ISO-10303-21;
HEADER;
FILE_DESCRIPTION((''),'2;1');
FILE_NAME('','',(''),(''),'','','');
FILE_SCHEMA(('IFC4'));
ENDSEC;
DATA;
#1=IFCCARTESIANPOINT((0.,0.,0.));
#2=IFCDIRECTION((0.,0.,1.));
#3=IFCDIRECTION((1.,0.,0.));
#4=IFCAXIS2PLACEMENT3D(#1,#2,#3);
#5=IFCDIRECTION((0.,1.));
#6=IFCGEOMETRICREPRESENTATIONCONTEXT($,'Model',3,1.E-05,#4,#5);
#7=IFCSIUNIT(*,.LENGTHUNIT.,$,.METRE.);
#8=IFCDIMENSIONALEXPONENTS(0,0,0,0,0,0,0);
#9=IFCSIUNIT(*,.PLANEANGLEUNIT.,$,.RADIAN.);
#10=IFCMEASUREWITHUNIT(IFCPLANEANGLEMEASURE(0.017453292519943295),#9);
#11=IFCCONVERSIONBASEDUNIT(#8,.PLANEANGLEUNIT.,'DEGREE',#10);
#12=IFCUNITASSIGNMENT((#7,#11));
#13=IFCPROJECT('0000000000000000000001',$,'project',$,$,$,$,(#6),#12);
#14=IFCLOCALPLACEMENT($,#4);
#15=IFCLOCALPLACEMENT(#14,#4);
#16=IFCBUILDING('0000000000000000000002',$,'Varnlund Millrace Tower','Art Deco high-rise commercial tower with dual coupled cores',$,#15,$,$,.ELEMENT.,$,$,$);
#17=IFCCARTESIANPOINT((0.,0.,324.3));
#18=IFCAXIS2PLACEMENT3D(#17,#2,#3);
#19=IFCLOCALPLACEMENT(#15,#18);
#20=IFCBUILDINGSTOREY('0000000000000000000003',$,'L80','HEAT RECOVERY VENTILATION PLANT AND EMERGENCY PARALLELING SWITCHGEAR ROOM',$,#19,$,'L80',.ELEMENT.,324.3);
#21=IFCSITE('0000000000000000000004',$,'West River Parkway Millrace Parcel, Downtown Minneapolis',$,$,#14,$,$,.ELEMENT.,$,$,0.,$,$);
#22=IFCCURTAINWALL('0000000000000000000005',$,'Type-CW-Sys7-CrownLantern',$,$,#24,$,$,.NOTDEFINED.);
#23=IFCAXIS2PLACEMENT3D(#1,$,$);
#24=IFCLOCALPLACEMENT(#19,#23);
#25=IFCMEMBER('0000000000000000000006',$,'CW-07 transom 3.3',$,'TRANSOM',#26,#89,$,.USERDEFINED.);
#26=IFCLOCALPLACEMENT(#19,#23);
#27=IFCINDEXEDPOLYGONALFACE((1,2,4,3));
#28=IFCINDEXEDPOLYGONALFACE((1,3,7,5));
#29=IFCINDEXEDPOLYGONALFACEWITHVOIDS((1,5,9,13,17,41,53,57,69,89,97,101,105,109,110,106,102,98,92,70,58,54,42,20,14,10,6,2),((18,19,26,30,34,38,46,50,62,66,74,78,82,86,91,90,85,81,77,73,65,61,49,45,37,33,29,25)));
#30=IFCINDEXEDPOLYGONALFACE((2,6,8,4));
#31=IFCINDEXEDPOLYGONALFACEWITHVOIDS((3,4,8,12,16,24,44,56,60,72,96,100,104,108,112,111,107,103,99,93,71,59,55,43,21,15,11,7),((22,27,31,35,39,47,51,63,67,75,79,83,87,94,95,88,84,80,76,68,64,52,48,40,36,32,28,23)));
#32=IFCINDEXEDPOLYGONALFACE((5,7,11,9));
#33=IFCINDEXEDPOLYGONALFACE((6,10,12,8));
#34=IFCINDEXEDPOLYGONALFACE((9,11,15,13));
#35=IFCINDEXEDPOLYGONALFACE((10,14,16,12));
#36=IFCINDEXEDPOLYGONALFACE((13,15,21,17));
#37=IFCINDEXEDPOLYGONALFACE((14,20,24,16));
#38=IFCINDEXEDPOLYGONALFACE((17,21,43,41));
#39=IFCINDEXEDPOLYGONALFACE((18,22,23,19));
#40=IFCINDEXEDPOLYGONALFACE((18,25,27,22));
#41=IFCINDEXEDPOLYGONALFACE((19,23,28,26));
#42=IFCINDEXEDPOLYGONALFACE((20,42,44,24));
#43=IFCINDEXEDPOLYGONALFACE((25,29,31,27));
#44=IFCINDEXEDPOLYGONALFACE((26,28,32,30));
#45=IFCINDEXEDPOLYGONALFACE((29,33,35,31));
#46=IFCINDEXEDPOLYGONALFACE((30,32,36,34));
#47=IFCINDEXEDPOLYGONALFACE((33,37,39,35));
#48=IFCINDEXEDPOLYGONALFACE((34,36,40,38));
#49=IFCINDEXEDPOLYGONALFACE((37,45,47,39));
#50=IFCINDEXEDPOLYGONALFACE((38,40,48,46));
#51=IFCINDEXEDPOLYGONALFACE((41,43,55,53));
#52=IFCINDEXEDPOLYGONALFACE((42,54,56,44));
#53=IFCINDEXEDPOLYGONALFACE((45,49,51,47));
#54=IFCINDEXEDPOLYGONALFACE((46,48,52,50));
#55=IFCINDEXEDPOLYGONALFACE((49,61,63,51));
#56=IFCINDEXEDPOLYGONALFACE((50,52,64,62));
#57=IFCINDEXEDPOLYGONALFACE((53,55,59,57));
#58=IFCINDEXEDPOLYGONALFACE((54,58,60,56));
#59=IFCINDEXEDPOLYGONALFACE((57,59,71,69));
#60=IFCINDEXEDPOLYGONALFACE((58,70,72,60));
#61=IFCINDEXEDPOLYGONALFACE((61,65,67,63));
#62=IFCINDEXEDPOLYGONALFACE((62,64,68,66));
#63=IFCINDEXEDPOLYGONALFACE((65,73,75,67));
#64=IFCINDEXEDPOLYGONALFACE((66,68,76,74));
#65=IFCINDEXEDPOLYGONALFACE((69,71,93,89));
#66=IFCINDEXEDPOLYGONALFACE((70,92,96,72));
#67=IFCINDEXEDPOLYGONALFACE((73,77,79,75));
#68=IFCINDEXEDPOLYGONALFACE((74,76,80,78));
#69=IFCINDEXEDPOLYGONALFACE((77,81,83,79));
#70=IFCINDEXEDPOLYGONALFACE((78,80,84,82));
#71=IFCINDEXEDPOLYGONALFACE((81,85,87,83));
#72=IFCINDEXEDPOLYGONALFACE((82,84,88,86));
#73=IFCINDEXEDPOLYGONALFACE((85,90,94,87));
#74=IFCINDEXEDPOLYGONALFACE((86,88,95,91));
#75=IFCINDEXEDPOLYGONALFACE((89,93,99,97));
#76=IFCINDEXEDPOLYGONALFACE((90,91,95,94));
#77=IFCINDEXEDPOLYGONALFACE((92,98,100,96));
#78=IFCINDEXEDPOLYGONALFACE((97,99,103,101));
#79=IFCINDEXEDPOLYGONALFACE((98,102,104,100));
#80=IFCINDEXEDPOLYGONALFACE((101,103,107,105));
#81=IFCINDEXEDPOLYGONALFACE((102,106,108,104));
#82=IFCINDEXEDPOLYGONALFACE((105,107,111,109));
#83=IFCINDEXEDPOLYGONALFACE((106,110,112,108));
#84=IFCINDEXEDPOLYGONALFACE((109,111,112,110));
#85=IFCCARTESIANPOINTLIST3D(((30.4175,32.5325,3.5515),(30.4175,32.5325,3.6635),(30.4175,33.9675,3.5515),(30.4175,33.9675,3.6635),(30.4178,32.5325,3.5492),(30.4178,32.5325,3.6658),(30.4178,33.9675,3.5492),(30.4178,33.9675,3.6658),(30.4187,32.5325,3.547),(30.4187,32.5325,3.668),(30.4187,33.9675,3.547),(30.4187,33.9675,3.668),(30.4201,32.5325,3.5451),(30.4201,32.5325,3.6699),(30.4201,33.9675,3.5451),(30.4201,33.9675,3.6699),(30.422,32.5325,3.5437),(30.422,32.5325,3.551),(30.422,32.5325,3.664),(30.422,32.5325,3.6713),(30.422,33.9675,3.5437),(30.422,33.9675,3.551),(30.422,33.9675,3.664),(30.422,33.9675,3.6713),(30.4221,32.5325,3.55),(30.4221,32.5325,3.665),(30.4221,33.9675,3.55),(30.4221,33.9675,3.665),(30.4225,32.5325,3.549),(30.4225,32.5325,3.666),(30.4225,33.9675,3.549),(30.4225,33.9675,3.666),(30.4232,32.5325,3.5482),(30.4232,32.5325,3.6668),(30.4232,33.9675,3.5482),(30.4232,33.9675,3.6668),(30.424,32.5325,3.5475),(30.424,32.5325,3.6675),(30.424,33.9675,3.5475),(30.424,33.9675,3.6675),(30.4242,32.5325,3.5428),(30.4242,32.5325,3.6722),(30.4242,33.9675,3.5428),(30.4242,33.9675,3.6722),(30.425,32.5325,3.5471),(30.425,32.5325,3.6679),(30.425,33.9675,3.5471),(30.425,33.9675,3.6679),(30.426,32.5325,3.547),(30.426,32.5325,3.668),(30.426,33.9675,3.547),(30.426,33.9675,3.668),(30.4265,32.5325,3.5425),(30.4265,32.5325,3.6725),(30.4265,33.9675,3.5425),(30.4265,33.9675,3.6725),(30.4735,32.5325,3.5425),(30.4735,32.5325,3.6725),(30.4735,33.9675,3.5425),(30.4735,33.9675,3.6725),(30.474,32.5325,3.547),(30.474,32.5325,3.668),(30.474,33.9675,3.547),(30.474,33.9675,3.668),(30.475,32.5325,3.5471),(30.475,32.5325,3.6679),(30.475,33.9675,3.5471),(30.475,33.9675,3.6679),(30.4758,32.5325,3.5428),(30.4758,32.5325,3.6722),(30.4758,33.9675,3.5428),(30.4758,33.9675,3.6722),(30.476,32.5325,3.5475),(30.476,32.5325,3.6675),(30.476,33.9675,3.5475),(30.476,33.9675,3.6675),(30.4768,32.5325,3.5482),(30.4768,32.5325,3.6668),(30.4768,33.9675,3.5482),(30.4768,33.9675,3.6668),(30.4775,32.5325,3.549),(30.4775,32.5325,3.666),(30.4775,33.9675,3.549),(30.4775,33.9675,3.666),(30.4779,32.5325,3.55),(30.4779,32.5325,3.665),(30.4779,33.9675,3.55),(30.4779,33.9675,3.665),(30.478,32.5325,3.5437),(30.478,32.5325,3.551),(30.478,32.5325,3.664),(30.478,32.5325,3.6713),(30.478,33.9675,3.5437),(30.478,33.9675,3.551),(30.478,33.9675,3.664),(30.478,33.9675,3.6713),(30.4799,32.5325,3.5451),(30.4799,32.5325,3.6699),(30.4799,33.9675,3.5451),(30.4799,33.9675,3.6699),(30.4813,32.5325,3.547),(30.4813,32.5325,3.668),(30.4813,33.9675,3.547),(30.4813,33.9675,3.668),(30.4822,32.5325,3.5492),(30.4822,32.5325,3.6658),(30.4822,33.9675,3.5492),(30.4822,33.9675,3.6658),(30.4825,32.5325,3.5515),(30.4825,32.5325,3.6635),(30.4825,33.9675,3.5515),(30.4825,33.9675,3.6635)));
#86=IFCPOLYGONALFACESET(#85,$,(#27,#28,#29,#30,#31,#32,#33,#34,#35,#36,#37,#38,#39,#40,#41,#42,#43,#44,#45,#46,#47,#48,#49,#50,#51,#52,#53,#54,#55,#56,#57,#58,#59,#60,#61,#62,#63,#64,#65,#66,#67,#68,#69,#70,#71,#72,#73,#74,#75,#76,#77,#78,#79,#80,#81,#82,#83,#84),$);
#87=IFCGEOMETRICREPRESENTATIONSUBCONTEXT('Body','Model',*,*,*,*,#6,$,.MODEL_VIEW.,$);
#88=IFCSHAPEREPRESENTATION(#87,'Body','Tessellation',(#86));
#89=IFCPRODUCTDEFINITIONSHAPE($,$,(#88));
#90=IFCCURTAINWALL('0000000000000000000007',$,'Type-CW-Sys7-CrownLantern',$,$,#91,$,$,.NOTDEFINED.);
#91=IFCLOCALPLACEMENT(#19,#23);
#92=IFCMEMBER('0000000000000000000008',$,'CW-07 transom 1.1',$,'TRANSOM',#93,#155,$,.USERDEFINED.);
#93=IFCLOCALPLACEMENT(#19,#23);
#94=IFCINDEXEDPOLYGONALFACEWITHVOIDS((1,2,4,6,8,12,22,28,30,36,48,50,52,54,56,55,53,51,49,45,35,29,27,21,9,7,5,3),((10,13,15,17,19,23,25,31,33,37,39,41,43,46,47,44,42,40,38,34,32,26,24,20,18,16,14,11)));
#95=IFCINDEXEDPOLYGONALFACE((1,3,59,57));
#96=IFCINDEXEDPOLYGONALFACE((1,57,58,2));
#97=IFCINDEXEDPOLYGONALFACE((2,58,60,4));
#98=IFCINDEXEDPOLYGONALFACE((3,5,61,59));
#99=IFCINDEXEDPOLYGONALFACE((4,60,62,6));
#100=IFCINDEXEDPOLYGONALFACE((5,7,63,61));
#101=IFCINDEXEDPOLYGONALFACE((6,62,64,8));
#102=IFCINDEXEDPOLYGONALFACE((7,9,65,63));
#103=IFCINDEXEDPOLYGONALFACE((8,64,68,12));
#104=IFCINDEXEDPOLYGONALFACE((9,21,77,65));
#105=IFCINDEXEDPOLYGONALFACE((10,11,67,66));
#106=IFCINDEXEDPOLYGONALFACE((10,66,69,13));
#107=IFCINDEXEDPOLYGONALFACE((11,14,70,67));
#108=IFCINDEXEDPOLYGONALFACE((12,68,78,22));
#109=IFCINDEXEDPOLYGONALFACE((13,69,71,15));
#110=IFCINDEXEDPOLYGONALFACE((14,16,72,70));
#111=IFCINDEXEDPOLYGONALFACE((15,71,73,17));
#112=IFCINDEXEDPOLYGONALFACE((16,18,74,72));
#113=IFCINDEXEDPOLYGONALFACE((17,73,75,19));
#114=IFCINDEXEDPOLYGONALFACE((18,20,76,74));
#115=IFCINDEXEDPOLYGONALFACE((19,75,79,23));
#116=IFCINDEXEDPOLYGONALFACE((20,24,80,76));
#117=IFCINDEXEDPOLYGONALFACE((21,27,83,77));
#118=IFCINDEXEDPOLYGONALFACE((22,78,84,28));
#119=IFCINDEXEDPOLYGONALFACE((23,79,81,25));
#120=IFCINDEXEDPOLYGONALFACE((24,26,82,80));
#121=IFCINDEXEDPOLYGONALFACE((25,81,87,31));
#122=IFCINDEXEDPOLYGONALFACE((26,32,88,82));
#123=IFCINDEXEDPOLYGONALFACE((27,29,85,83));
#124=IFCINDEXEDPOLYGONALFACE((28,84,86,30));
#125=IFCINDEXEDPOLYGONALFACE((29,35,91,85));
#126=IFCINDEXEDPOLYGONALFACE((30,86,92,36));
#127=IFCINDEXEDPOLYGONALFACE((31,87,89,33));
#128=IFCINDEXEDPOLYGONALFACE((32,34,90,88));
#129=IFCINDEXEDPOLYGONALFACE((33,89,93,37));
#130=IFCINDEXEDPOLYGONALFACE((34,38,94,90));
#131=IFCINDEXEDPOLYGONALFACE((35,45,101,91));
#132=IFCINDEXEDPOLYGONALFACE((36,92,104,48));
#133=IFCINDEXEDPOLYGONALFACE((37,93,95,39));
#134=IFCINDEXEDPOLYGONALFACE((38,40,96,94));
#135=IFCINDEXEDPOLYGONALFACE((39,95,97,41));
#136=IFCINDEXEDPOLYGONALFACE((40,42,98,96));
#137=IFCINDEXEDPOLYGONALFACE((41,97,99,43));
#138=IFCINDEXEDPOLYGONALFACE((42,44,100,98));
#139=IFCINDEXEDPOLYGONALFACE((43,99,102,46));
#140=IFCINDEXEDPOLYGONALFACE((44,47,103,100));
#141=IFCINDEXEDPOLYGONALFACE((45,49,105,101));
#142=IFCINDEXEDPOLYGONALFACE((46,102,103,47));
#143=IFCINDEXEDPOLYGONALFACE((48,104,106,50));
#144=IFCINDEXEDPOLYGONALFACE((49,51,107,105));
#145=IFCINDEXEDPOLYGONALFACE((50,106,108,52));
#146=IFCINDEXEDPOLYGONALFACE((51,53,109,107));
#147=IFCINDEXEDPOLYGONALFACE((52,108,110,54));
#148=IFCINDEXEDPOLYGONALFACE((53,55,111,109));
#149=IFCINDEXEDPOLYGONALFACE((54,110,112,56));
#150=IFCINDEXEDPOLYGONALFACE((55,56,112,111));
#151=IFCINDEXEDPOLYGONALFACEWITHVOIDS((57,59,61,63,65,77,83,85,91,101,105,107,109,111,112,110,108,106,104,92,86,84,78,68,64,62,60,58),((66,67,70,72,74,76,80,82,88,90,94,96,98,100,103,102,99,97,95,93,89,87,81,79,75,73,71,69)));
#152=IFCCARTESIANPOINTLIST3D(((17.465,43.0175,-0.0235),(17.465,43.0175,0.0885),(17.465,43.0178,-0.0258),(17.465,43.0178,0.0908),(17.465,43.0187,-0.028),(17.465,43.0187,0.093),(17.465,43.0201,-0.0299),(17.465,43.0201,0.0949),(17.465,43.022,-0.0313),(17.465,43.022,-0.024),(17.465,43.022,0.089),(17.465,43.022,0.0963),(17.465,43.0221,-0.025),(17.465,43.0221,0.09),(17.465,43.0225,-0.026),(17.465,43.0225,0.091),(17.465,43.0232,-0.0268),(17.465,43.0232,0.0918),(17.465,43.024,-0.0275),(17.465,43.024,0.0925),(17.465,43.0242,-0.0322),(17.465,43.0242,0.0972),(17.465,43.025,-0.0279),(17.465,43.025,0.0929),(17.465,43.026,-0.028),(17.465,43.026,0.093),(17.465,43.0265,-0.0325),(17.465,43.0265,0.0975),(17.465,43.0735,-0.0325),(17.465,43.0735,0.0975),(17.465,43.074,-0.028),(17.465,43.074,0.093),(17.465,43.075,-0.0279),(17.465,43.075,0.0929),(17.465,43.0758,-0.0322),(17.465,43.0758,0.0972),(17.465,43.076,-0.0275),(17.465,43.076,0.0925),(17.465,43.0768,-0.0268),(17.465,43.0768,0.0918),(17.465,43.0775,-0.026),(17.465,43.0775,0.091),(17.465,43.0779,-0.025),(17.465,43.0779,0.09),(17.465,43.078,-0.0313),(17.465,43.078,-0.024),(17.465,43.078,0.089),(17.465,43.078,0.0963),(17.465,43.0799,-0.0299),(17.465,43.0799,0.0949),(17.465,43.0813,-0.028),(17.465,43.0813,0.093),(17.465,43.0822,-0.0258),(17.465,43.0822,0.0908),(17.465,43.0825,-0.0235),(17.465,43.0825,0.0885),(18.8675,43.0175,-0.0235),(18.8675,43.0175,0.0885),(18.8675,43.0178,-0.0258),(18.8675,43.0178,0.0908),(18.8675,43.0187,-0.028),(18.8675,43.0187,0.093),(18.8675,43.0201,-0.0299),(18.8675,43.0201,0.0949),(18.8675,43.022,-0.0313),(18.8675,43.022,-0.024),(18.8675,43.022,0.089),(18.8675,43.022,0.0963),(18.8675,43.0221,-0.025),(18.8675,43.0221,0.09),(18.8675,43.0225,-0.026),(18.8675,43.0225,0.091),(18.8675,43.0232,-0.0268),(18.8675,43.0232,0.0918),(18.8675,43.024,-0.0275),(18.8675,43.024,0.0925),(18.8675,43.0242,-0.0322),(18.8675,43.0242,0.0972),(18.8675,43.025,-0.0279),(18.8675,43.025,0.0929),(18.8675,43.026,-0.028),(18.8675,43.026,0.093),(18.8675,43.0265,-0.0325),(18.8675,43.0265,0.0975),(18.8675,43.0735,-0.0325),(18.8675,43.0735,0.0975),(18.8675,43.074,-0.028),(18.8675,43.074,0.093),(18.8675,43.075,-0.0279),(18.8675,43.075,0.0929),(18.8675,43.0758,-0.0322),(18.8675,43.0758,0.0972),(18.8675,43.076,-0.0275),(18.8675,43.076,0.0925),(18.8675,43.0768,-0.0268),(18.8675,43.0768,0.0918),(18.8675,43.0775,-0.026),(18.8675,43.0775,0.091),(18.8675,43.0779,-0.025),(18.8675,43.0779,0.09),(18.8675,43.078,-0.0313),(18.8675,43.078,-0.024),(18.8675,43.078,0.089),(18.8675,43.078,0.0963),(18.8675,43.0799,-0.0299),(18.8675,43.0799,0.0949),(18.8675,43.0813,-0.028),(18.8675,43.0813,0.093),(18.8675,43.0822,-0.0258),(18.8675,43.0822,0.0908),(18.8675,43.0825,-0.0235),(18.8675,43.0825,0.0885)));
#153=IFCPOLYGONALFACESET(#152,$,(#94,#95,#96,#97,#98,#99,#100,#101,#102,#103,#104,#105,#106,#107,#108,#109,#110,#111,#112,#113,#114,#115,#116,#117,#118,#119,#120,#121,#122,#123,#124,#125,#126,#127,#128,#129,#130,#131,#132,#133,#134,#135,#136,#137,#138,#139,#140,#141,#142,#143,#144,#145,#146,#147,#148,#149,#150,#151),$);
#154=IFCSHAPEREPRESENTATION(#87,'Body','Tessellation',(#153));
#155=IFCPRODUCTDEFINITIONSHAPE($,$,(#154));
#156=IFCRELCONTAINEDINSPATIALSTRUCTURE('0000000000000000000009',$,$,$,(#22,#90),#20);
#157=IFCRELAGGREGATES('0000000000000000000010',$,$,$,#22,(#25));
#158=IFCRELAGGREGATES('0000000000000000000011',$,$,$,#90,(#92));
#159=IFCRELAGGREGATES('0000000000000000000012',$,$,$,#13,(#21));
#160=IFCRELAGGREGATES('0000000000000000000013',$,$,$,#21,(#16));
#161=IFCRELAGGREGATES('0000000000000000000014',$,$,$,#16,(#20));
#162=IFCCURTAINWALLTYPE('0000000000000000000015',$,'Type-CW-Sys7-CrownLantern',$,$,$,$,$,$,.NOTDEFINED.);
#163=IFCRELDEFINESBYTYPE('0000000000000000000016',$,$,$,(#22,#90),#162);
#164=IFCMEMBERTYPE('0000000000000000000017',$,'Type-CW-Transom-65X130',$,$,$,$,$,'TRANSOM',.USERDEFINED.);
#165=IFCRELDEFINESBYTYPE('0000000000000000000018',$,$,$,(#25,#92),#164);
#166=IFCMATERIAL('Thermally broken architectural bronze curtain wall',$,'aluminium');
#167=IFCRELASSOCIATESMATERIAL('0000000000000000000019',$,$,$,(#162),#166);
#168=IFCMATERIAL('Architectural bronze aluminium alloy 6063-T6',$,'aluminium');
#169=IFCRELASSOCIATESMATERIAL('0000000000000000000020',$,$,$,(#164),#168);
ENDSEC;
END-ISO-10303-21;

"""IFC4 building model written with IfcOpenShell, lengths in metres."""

from ifc_helpers import new_model, entity, si_unit, converted_unit, direction, frame, origin_with_axes, origin_2d_with_axis, place, context, subcontext, project, spatial, hollow_rectangle, extrude, material, material_profile, profile_set, type_object, element, aggregate, save


model = new_model("IFC4")

# Units and contexts
model_context = context("Model", 3, precision=1e-05, world=origin_with_axes(), true_north=direction((0.0, 1.0)))
body_context = subcontext(model_context, "Body", "Model", "MODEL_VIEW")
ifc_project = project(units=[si_unit("LENGTHUNIT", "METRE"), converted_unit("PLANEANGLEUNIT", "DEGREE", entity("IfcPlaneAngleMeasure", 0.017453292519943295), si_unit("PLANEANGLEUNIT", "RADIAN"), dimensions=[0, 0, 0, 0, 0, 0, 0])], contexts=[model_context])

# Site, building, storey
site_placement = place(None, origin_with_axes())
site = spatial("IfcSite", under=ifc_project, at=site_placement, Name="West River Parkway Millrace Parcel, Downtown Minneapolis", CompositionType="ELEMENT", RefElevation=0.0)
building_placement = place(site_placement, origin_with_axes())
building = spatial("IfcBuilding", under=site, at=building_placement, Name="Varnlund Millrace Tower", Description="Art Deco high-rise commercial tower with dual coupled cores", CompositionType="ELEMENT")
storey_placement = place(building_placement, frame((0.0, 0.0, 324.3), z_axis=(0.0, 0.0, 1.0), x_axis=(1.0, 0.0, 0.0)))
storey = spatial("IfcBuildingStorey", under=building, at=storey_placement, Name="L80", Description="HEAT RECOVERY VENTILATION PLANT AND EMERGENCY PARALLELING SWITCHGEAR ROOM", LongName="L80", CompositionType="ELEMENT", Elevation=324.3)

# Curtain walls, members
ifc_material_1 = material(Name="Thermally broken architectural bronze curtain wall", Category="aluminium")
curtain_wall_type = type_object("IfcCurtainWallType", Name="Type-CW-Sys7-CrownLantern", PredefinedType="NOTDEFINED", material=ifc_material_1)
curtain_wall_1_placement = place(storey_placement, frame((30.45, 37.0, 0.0), z_axis=(0.0, 0.0, 1.0), x_axis=(1.0, 0.0, 0.0)))
curtain_wall_1 = element("IfcCurtainWall", 1, at=curtain_wall_1_placement, inside=storey, type_object=curtain_wall_type, Name="Type-CW-Sys7-CrownLantern", PredefinedType="NOTDEFINED")
ifc_material_2 = material(Name="Architectural bronze aluminium alloy 6063-T6", Category="aluminium")
ifc_material_profile_1 = material_profile(ifc_material_2, hollow_rectangle(XDim=0.065, YDim=0.13, WallThickness=0.0045, InnerFilletRadius=0.004, OuterFilletRadius=0.009, at=origin_2d_with_axis()), Name="Architectural bronze aluminium alloy 6063-T6")
ifc_profile_set_1 = profile_set([ifc_material_profile_1], Name="Architectural bronze aluminium alloy 6063-T6")
member_type = type_object("IfcMemberType", Name="Type-CW-Transom-65X130", ElementType="TRANSOM", PredefinedType="USERDEFINED", material=ifc_profile_set_1)
member_1_placement = place(storey_placement, frame((30.45, 33.9675, 3.6075), z_axis=(0.0, -1.0, 0.0), x_axis=(1.0, 0.0, 0.0)))
member_1 = element("IfcMember", 2, at=member_1_placement, type_object=member_type, Name="CW-07 transom 3.3", ObjectType="TRANSOM", PredefinedType="USERDEFINED", context=body_context, shape_type="SweptSolid", body=[
    extrude(hollow_rectangle(XDim=0.065, YDim=0.13, WallThickness=0.0045, InnerFilletRadius=0.004, OuterFilletRadius=0.009, at=origin_2d_with_axis()), origin_with_axes(), (0.0, 0.0, 1.0), 1.435),
])
curtain_wall_2_placement = place(storey_placement, frame((17.4, 43.05, 0.0), z_axis=(0.0, 0.0, 1.0), x_axis=(1.0, 0.0, 0.0)))
curtain_wall_2 = element("IfcCurtainWall", 3, at=curtain_wall_2_placement, inside=storey, type_object=curtain_wall_type, Name="Type-CW-Sys7-CrownLantern", PredefinedType="NOTDEFINED")
member_2_placement = place(storey_placement, frame((17.465, 43.05, 0.0325), z_axis=(1.0, 0.0, 0.0), x_axis=(0.0, 1.0, 0.0)))
member_2 = element("IfcMember", 4, at=member_2_placement, type_object=member_type, Name="CW-07 transom 1.1", ObjectType="TRANSOM", PredefinedType="USERDEFINED", context=body_context, shape_type="SweptSolid", body=[
    extrude(hollow_rectangle(XDim=0.065, YDim=0.13, WallThickness=0.0045, InnerFilletRadius=0.004, OuterFilletRadius=0.009, at=origin_2d_with_axis()), origin_with_axes(), (0.0, 0.0, 1.0), 1.4025),
])

aggregate(curtain_wall_1, [member_1])
aggregate(curtain_wall_2, [member_2])

save(model, "model.ifc")
